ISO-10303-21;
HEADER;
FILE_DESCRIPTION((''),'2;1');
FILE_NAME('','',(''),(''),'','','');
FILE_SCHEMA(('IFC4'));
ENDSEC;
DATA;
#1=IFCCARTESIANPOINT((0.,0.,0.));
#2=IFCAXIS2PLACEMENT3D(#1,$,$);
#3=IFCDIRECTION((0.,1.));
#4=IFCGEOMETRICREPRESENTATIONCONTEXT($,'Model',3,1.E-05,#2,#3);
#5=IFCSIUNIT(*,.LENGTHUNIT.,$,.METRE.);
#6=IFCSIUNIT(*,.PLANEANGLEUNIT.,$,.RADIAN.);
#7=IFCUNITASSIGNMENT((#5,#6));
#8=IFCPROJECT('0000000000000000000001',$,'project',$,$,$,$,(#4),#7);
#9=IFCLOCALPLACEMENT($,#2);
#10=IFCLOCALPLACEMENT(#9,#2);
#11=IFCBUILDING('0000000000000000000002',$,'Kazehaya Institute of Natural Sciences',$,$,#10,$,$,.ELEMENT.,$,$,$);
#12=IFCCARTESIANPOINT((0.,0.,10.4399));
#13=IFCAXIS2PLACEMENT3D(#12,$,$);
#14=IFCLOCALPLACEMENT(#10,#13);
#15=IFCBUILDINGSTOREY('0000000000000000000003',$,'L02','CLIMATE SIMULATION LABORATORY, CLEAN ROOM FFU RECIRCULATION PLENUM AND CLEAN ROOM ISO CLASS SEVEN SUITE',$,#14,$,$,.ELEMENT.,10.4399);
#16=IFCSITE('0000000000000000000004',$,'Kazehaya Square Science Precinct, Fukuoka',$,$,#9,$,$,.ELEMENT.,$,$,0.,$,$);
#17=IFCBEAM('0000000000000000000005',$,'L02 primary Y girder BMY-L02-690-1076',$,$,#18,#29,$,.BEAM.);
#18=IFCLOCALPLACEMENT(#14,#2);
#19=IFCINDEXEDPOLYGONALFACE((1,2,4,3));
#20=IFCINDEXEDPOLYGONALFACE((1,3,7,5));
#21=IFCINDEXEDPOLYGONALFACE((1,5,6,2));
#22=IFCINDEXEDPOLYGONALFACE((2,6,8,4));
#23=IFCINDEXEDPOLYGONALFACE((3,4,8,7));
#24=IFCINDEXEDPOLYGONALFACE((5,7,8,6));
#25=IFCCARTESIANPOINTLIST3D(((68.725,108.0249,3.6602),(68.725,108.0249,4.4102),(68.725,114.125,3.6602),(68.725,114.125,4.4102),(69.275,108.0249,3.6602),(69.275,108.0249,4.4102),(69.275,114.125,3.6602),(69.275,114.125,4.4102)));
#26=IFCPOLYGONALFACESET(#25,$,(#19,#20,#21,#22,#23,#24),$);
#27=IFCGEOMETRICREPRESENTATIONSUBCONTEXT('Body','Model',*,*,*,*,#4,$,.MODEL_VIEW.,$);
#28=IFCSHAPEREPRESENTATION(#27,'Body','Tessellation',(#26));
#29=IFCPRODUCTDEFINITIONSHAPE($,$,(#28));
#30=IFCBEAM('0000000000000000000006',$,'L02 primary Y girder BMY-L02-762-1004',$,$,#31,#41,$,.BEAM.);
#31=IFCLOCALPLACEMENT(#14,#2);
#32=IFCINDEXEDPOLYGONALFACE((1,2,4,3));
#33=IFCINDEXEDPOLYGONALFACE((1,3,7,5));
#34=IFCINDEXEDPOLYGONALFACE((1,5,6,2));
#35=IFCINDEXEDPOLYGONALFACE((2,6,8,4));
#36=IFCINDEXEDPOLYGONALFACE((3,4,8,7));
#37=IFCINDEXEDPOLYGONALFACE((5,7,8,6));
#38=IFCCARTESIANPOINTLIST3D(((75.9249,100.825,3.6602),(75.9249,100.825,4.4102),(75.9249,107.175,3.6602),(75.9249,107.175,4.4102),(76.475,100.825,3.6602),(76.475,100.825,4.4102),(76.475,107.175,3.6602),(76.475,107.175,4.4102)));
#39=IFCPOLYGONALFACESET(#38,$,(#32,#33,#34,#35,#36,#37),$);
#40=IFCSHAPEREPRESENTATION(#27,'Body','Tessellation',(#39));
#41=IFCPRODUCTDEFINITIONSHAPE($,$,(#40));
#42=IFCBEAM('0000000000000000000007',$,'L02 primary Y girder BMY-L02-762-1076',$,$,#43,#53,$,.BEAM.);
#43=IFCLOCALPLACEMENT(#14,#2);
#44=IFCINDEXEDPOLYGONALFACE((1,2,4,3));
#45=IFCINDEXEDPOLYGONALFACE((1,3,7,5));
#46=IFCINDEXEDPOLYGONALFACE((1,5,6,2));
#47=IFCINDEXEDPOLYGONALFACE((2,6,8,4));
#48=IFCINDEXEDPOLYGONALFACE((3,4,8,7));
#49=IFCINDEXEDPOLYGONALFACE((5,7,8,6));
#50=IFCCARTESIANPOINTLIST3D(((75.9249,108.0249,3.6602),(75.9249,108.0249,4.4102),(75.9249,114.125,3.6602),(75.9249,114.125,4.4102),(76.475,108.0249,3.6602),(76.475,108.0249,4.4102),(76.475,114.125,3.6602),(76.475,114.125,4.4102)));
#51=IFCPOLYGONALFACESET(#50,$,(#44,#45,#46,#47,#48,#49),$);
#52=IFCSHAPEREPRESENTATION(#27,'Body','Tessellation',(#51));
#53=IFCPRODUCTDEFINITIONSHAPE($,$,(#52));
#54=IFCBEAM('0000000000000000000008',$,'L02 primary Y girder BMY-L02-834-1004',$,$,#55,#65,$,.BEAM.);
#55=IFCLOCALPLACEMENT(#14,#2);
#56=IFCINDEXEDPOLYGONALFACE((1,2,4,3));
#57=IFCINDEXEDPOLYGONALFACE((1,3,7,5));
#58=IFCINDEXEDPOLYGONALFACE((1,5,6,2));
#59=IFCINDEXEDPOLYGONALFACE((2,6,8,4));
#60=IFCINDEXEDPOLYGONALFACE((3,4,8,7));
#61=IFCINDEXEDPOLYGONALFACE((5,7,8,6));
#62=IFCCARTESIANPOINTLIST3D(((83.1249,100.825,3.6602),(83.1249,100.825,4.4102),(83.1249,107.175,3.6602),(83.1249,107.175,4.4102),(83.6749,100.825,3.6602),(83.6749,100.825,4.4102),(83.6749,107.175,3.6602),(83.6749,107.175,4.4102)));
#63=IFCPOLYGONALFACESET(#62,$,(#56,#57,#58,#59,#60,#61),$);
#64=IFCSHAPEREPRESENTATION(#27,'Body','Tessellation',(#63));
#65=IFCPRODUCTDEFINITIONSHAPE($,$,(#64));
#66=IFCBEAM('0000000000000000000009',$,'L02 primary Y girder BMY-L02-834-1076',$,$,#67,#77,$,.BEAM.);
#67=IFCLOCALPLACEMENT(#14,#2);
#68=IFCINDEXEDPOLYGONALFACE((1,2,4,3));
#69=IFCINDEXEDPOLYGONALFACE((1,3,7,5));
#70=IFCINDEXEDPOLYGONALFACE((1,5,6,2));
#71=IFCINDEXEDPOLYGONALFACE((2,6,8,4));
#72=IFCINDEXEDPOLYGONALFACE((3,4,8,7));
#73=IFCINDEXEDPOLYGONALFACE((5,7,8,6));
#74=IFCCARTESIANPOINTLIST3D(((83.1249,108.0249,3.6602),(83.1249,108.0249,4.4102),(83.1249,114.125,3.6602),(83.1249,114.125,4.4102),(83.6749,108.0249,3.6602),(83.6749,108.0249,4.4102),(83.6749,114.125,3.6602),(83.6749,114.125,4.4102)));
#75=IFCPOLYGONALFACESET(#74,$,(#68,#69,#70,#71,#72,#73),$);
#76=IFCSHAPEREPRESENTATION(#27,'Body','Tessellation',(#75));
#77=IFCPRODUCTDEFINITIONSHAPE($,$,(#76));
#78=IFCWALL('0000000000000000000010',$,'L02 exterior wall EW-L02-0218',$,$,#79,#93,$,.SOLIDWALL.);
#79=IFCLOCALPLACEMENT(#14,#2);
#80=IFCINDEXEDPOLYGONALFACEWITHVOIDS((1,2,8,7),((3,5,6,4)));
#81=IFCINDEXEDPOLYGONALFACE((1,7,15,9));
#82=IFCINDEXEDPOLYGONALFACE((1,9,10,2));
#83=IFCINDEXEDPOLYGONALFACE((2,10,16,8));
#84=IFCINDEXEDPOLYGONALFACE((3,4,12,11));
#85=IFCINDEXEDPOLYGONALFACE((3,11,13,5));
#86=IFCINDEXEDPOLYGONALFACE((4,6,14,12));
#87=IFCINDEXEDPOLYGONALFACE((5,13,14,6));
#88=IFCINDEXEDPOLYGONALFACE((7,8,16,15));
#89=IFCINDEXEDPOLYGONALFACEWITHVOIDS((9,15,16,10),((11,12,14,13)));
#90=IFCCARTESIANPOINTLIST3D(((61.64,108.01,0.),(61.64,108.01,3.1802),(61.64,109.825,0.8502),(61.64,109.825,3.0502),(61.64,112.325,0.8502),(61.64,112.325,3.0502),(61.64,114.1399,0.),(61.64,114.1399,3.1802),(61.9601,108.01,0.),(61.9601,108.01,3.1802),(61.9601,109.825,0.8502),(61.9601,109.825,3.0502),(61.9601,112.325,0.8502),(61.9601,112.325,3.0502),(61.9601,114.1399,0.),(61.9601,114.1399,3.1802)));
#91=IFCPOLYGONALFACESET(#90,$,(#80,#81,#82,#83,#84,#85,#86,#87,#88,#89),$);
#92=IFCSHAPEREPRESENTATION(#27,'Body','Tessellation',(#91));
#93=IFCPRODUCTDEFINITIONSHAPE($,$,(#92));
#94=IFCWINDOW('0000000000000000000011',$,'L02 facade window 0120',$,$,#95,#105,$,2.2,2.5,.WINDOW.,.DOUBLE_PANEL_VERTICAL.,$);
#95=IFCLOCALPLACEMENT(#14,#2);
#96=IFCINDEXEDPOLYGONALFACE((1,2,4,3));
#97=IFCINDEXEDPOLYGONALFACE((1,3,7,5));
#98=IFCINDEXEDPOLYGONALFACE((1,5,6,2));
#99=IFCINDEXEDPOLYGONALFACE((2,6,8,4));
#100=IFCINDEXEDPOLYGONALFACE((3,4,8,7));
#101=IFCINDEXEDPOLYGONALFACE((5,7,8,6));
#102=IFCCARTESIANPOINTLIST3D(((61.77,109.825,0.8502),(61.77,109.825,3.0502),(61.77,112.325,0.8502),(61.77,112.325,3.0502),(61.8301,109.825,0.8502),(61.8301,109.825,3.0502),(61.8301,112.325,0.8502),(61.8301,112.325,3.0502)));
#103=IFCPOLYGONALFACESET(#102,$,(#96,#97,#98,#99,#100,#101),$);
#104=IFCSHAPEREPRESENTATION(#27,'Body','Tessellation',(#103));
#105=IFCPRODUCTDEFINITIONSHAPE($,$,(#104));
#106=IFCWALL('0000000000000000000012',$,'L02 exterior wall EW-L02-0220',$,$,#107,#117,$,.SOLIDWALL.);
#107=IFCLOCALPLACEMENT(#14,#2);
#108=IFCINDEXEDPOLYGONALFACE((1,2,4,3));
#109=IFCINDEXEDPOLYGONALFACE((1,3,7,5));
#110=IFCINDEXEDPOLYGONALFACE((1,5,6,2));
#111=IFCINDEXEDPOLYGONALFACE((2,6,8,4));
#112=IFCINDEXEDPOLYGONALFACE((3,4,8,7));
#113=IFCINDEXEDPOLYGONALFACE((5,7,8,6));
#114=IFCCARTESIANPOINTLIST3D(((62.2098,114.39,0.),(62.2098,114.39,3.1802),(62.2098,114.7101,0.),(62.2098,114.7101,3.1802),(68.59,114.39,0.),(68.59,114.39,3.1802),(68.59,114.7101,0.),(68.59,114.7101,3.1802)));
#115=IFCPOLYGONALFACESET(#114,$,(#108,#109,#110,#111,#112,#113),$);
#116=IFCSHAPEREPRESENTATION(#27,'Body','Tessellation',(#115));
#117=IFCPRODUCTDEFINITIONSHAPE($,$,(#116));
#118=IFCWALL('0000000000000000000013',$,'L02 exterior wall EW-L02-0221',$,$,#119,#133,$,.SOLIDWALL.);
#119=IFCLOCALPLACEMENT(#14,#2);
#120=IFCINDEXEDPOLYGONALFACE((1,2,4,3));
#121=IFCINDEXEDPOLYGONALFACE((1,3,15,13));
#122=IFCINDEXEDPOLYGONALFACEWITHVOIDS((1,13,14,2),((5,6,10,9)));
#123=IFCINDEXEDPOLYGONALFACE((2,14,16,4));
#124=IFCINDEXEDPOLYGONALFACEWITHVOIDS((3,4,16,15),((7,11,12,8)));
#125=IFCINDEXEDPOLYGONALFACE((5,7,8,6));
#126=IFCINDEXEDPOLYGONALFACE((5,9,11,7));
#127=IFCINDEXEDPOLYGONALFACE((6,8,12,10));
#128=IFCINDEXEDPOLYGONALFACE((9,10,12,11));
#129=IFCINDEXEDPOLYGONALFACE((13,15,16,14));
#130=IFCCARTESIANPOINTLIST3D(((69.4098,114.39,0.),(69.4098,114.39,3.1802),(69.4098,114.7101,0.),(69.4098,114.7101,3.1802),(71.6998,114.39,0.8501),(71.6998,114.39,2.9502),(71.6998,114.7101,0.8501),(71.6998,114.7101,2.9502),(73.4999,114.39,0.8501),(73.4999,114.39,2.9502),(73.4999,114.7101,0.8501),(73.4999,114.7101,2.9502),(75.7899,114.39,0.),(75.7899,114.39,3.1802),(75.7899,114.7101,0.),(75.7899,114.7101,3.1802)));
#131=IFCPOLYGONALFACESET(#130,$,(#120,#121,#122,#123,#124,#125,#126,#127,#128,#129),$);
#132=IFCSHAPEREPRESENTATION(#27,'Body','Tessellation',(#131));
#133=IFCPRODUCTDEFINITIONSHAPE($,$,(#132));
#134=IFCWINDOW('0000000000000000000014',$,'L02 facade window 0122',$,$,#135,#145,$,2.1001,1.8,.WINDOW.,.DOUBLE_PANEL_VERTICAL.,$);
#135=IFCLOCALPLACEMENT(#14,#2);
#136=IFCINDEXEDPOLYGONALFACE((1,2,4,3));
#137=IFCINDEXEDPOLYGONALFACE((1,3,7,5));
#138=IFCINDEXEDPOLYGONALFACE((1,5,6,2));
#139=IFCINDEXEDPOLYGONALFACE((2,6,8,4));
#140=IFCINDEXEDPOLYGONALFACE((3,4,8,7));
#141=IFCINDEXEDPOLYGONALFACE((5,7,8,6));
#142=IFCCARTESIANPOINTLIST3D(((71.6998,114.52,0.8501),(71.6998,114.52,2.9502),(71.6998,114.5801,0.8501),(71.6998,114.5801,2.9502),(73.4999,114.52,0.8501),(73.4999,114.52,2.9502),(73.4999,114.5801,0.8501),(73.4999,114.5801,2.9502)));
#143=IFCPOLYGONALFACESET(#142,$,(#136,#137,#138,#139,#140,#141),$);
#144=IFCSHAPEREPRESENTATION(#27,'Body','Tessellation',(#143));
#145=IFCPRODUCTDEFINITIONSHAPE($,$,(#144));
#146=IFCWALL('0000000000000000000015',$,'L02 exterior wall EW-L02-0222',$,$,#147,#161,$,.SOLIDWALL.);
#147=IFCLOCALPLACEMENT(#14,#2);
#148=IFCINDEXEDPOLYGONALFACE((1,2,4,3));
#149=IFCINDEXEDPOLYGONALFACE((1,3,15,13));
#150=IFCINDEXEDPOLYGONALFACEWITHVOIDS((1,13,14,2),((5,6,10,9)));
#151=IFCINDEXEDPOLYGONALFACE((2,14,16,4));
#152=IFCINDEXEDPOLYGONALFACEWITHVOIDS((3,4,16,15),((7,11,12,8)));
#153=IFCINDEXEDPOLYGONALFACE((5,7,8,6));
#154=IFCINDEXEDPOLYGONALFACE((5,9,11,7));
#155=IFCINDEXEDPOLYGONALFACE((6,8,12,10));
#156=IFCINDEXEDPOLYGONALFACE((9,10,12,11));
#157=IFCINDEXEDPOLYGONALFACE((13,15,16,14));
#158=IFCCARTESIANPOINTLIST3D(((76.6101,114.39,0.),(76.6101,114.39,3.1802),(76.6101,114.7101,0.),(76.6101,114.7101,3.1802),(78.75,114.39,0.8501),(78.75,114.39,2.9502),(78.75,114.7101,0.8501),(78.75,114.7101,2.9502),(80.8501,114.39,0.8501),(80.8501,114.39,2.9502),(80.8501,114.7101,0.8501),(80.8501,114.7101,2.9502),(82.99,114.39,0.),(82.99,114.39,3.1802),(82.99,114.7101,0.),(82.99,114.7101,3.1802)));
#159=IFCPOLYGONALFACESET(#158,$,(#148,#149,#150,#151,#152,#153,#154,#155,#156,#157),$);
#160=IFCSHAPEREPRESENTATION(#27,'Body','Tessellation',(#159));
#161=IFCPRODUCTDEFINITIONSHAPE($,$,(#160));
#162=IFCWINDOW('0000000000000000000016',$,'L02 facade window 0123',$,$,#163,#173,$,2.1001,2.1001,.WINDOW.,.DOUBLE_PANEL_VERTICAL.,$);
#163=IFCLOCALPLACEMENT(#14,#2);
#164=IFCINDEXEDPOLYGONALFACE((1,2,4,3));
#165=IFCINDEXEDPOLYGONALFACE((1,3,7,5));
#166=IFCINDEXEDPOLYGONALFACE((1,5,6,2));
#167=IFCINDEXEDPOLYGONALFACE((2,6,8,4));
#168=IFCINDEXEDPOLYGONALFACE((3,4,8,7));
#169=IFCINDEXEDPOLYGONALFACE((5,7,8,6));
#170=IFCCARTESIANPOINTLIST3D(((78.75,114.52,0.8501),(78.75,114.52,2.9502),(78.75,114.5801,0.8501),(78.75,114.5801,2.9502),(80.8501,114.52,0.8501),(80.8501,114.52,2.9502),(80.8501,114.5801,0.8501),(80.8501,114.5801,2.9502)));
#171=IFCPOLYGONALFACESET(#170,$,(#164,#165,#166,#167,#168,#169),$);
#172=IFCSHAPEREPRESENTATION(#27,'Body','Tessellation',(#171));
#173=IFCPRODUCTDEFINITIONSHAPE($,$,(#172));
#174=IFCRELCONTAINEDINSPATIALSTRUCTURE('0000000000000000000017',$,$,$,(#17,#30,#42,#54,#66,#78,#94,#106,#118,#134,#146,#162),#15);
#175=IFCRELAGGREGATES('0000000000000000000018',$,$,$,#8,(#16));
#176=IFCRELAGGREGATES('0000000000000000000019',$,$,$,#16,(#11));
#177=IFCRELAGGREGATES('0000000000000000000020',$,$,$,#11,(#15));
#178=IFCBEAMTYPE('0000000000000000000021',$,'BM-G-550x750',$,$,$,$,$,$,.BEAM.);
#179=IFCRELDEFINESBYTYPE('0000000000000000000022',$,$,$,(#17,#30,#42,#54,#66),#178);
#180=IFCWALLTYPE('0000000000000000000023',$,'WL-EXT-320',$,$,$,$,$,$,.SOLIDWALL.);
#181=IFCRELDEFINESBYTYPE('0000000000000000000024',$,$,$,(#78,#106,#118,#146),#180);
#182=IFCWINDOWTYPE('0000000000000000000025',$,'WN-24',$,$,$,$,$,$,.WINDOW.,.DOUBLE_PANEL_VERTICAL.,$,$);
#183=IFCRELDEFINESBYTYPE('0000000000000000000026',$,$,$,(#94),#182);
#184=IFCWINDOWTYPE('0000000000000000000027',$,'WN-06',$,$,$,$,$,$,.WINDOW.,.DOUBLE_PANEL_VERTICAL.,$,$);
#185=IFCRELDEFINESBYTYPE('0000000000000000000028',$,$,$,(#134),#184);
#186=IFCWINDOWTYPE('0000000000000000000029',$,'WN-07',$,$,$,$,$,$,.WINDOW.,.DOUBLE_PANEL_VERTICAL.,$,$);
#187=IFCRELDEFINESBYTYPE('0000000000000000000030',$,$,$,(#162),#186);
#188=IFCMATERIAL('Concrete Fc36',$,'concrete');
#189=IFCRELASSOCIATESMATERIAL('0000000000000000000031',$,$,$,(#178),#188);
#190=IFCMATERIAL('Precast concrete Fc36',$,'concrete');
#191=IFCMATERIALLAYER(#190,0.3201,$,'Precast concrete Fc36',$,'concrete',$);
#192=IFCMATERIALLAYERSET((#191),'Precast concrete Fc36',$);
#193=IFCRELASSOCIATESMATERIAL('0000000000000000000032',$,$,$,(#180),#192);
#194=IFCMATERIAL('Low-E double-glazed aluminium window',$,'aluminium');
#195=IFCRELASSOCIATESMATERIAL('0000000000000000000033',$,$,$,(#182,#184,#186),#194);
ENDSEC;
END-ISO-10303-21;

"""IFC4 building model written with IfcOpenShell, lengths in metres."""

from ifc_helpers import new_model, si_unit, direction, frame, frame_2d, origin, origin_2d, place, context, subcontext, project, spatial, rectangle, extrude, material, layer, layer_set, material_profile, profile_set, type_object, element, fill, save


model = new_model("IFC4")

# Units and contexts
model_context = context("Model", 3, precision=1e-05, world=origin(), true_north=direction((0.0, 1.0)))
body_context = subcontext(model_context, "Body", "Model", "MODEL_VIEW")
ifc_project = project(units=[si_unit("LENGTHUNIT", "METRE"), si_unit("PLANEANGLEUNIT", "RADIAN")], contexts=[model_context])

# Site, building, storey
site_placement = place(None, origin())
site = spatial("IfcSite", under=ifc_project, at=site_placement, Name="Kazehaya Square Science Precinct, Fukuoka", CompositionType="ELEMENT", RefElevation=0.0)
building_placement = place(site_placement, origin())
building = spatial("IfcBuilding", under=site, at=building_placement, Name="Kazehaya Institute of Natural Sciences", CompositionType="ELEMENT")
storey_placement = place(building_placement, frame((0.0, 0.0, 10.4399)))
storey = spatial("IfcBuildingStorey", under=building, at=storey_placement, Name="L02", Description="CLIMATE SIMULATION LABORATORY, CLEAN ROOM FFU RECIRCULATION PLENUM AND CLEAN ROOM ISO CLASS SEVEN SUITE", CompositionType="ELEMENT", Elevation=10.4399)

# Beams
ifc_material_1 = material(Name="Concrete Fc36", Category="concrete")
ifc_material_profile_1 = material_profile(ifc_material_1, rectangle(XDim=0.55, YDim=0.75, at=origin_2d()), Name="RC-550x750")
ifc_profile_set_1 = profile_set([ifc_material_profile_1], Name="Concrete Fc36")
beam_type = type_object("IfcBeamType", Name="BM-G-550x750", PredefinedType="BEAM", material=ifc_profile_set_1)
beam_1_placement = place(storey_placement, frame((69.0, 108.0249, 4.0352), z_axis=(0.0, 1.0, 0.0), x_axis=(-1.0, 0.0, 0.0)))
element("IfcBeam", 1, at=beam_1_placement, inside=storey, type_object=beam_type, Name="L02 primary Y girder BMY-L02-690-1076", PredefinedType="BEAM", context=body_context, shape_type="SweptSolid", body=[
    extrude(rectangle(XDim=0.55, YDim=0.75, at=origin_2d()), origin(), (0.0, 0.0, 1.0), 6.1001),
])
beam_2_placement = place(storey_placement, frame((76.2, 100.825, 4.0352), z_axis=(0.0, 1.0, 0.0), x_axis=(-1.0, 0.0, 0.0)))
element("IfcBeam", 2, at=beam_2_placement, inside=storey, type_object=beam_type, Name="L02 primary Y girder BMY-L02-762-1004", PredefinedType="BEAM", context=body_context, shape_type="SweptSolid", body=[
    extrude(rectangle(XDim=0.55, YDim=0.75, at=origin_2d()), origin(), (0.0, 0.0, 1.0), 6.3501),
])
beam_3_placement = place(storey_placement, frame((76.2, 108.0249, 4.0352), z_axis=(0.0, 1.0, 0.0), x_axis=(-1.0, 0.0, 0.0)))
element("IfcBeam", 3, at=beam_3_placement, inside=storey, type_object=beam_type, Name="L02 primary Y girder BMY-L02-762-1076", PredefinedType="BEAM", context=body_context, shape_type="SweptSolid", body=[
    extrude(rectangle(XDim=0.55, YDim=0.75, at=origin_2d()), origin(), (0.0, 0.0, 1.0), 6.1001),
])
beam_4_placement = place(storey_placement, frame((83.3999, 100.825, 4.0352), z_axis=(0.0, 1.0, 0.0), x_axis=(-1.0, 0.0, 0.0)))
element("IfcBeam", 4, at=beam_4_placement, inside=storey, type_object=beam_type, Name="L02 primary Y girder BMY-L02-834-1004", PredefinedType="BEAM", context=body_context, shape_type="SweptSolid", body=[
    extrude(rectangle(XDim=0.55, YDim=0.75, at=origin_2d()), origin(), (0.0, 0.0, 1.0), 6.3501),
])
beam_5_placement = place(storey_placement, frame((83.3999, 108.0249, 4.0352), z_axis=(0.0, 1.0, 0.0), x_axis=(-1.0, 0.0, 0.0)))
element("IfcBeam", 5, at=beam_5_placement, inside=storey, type_object=beam_type, Name="L02 primary Y girder BMY-L02-834-1076", PredefinedType="BEAM", context=body_context, shape_type="SweptSolid", body=[
    extrude(rectangle(XDim=0.55, YDim=0.75, at=origin_2d()), origin(), (0.0, 0.0, 1.0), 6.1001),
])

# Wall, opening, window
ifc_material_2 = material(Name="Precast concrete Fc36", Category="concrete")
ifc_layer_1 = layer(ifc_material_2, 0.3201, Name="Precast concrete Fc36", Category="concrete")
ifc_layer_set_1 = layer_set([ifc_layer_1], Name="Precast concrete Fc36")
wall_type_1 = type_object("IfcWallType", Name="WL-EXT-320", PredefinedType="SOLIDWALL", material=ifc_layer_set_1)
wall_1_placement = place(storey_placement, frame((61.8, 108.01, 0.0), z_axis=(0.0, 0.0, 1.0), x_axis=(0.0, 1.0, 0.0)))
wall_1 = element("IfcWall", 6, at=wall_1_placement, inside=storey, type_object=wall_type_1, Name="L02 exterior wall EW-L02-0218", PredefinedType="SOLIDWALL", context=body_context, shape_type="SweptSolid", body=[
    extrude(rectangle(XDim=6.1299, YDim=0.3201, at=frame_2d((3.0649, 0.0))), origin(), (0.0, 0.0, 1.0), 3.1802),
])
opening_1_placement = place(wall_1_placement, frame((1.8149, 0.0, 0.8501)))
opening_1 = element("IfcOpeningElement", 7, at=opening_1_placement, cuts=wall_1, PredefinedType="OPENING", context=body_context, shape_type="SweptSolid", body=[
    extrude(rectangle(XDim=2.5, YDim=2.2, at=frame_2d((1.25, 1.1001))), frame((0.0, 0.1699, 0.0), z_axis=(0.0, -1.0, 0.0), x_axis=(1.0, 0.0, 0.0)), (0.0, 0.0, 1.0), 0.3401),
])
ifc_material_3 = material(Name="Low-E double-glazed aluminium window", Category="aluminium")
window_type_1 = type_object("IfcWindowType", Name="WN-24", PartitioningType="DOUBLE_PANEL_VERTICAL", PredefinedType="WINDOW", material=ifc_material_3)
window_1_placement = place(opening_1_placement, origin())
window_1 = element("IfcWindow", 8, at=window_1_placement, inside=storey, type_object=window_type_1, Name="L02 facade window 0120", OverallHeight=2.2, OverallWidth=2.5, PartitioningType="DOUBLE_PANEL_VERTICAL", PredefinedType="WINDOW", context=body_context, shape_type="SweptSolid", body=[
    extrude(rectangle(XDim=2.5, YDim=2.2, at=frame_2d((1.25, 1.1001))), frame((0.0, 0.03, 0.0), z_axis=(0.0, -1.0, 0.0), x_axis=(1.0, 0.0, 0.0)), (0.0, 0.0, 1.0), 0.0601),
])
fill(opening_1, window_1)

# Wall
wall_2_placement = place(storey_placement, frame((62.21, 114.55, 0.0), z_axis=(0.0, 0.0, 1.0), x_axis=(1.0, 0.0, 0.0)))
element("IfcWall", 9, at=wall_2_placement, inside=storey, type_object=wall_type_1, Name="L02 exterior wall EW-L02-0220", PredefinedType="SOLIDWALL", context=body_context, shape_type="SweptSolid", body=[
    extrude(rectangle(XDim=6.3801, YDim=0.3201, at=frame_2d((3.1899, 0.0))), origin(), (0.0, 0.0, 1.0), 3.1802),
])

# Walls, openings, windows
wall_3_placement = place(storey_placement, frame((69.4099, 114.55, 0.0), z_axis=(0.0, 0.0, 1.0), x_axis=(1.0, 0.0, 0.0)))
wall_3 = element("IfcWall", 10, at=wall_3_placement, inside=storey, type_object=wall_type_1, Name="L02 exterior wall EW-L02-0221", PredefinedType="SOLIDWALL", context=body_context, shape_type="SweptSolid", body=[
    extrude(rectangle(XDim=6.3801, YDim=0.3201, at=frame_2d((3.1899, 0.0))), origin(), (0.0, 0.0, 1.0), 3.1802),
])
opening_2_placement = place(wall_3_placement, frame((2.29, 0.0, 0.8501)))
opening_2 = element("IfcOpeningElement", 11, at=opening_2_placement, cuts=wall_3, PredefinedType="OPENING", context=body_context, shape_type="SweptSolid", body=[
    extrude(rectangle(XDim=1.8, YDim=2.1001, at=frame_2d((0.8999, 1.05))), frame((0.0, 0.1699, 0.0), z_axis=(0.0, -1.0, 0.0), x_axis=(1.0, 0.0, 0.0)), (0.0, 0.0, 1.0), 0.3401),
])
window_type_2 = type_object("IfcWindowType", Name="WN-06", PartitioningType="DOUBLE_PANEL_VERTICAL", PredefinedType="WINDOW", material=ifc_material_3)
window_2_placement = place(opening_2_placement, origin())
window_2 = element("IfcWindow", 12, at=window_2_placement, inside=storey, type_object=window_type_2, Name="L02 facade window 0122", OverallHeight=2.1001, OverallWidth=1.8, PartitioningType="DOUBLE_PANEL_VERTICAL", PredefinedType="WINDOW", context=body_context, shape_type="SweptSolid", body=[
    extrude(rectangle(XDim=1.8, YDim=2.1001, at=frame_2d((0.8999, 1.05))), frame((0.0, 0.03, 0.0), z_axis=(0.0, -1.0, 0.0), x_axis=(1.0, 0.0, 0.0)), (0.0, 0.0, 1.0), 0.0601),
])
fill(opening_2, window_2)
wall_4_placement = place(storey_placement, frame((76.6101, 114.55, 0.0), z_axis=(0.0, 0.0, 1.0), x_axis=(1.0, 0.0, 0.0)))
wall_4 = element("IfcWall", 13, at=wall_4_placement, inside=storey, type_object=wall_type_1, Name="L02 exterior wall EW-L02-0222", PredefinedType="SOLIDWALL", context=body_context, shape_type="SweptSolid", body=[
    extrude(rectangle(XDim=6.3799, YDim=0.3201, at=frame_2d((3.1899, 0.0))), origin(), (0.0, 0.0, 1.0), 3.1802),
])
opening_3_placement = place(wall_4_placement, frame((2.1399, 0.0, 0.8501)))
opening_3 = element("IfcOpeningElement", 14, at=opening_3_placement, cuts=wall_4, PredefinedType="OPENING", context=body_context, shape_type="SweptSolid", body=[
    extrude(rectangle(XDim=2.1001, YDim=2.1001, at=frame_2d((1.05, 1.05))), frame((0.0, 0.1699, 0.0), z_axis=(0.0, -1.0, 0.0), x_axis=(1.0, 0.0, 0.0)), (0.0, 0.0, 1.0), 0.3401),
])
window_type_3 = type_object("IfcWindowType", Name="WN-07", PartitioningType="DOUBLE_PANEL_VERTICAL", PredefinedType="WINDOW", material=ifc_material_3)
window_3_placement = place(opening_3_placement, origin())
window_3 = element("IfcWindow", 15, at=window_3_placement, inside=storey, type_object=window_type_3, Name="L02 facade window 0123", OverallHeight=2.1001, OverallWidth=2.1001, PartitioningType="DOUBLE_PANEL_VERTICAL", PredefinedType="WINDOW", context=body_context, shape_type="SweptSolid", body=[
    extrude(rectangle(XDim=2.1001, YDim=2.1001, at=frame_2d((1.05, 1.05))), frame((0.0, 0.03, 0.0), z_axis=(0.0, -1.0, 0.0), x_axis=(1.0, 0.0, 0.0)), (0.0, 0.0, 1.0), 0.0601),
])
fill(opening_3, window_3)

save(model, "model.ifc")
